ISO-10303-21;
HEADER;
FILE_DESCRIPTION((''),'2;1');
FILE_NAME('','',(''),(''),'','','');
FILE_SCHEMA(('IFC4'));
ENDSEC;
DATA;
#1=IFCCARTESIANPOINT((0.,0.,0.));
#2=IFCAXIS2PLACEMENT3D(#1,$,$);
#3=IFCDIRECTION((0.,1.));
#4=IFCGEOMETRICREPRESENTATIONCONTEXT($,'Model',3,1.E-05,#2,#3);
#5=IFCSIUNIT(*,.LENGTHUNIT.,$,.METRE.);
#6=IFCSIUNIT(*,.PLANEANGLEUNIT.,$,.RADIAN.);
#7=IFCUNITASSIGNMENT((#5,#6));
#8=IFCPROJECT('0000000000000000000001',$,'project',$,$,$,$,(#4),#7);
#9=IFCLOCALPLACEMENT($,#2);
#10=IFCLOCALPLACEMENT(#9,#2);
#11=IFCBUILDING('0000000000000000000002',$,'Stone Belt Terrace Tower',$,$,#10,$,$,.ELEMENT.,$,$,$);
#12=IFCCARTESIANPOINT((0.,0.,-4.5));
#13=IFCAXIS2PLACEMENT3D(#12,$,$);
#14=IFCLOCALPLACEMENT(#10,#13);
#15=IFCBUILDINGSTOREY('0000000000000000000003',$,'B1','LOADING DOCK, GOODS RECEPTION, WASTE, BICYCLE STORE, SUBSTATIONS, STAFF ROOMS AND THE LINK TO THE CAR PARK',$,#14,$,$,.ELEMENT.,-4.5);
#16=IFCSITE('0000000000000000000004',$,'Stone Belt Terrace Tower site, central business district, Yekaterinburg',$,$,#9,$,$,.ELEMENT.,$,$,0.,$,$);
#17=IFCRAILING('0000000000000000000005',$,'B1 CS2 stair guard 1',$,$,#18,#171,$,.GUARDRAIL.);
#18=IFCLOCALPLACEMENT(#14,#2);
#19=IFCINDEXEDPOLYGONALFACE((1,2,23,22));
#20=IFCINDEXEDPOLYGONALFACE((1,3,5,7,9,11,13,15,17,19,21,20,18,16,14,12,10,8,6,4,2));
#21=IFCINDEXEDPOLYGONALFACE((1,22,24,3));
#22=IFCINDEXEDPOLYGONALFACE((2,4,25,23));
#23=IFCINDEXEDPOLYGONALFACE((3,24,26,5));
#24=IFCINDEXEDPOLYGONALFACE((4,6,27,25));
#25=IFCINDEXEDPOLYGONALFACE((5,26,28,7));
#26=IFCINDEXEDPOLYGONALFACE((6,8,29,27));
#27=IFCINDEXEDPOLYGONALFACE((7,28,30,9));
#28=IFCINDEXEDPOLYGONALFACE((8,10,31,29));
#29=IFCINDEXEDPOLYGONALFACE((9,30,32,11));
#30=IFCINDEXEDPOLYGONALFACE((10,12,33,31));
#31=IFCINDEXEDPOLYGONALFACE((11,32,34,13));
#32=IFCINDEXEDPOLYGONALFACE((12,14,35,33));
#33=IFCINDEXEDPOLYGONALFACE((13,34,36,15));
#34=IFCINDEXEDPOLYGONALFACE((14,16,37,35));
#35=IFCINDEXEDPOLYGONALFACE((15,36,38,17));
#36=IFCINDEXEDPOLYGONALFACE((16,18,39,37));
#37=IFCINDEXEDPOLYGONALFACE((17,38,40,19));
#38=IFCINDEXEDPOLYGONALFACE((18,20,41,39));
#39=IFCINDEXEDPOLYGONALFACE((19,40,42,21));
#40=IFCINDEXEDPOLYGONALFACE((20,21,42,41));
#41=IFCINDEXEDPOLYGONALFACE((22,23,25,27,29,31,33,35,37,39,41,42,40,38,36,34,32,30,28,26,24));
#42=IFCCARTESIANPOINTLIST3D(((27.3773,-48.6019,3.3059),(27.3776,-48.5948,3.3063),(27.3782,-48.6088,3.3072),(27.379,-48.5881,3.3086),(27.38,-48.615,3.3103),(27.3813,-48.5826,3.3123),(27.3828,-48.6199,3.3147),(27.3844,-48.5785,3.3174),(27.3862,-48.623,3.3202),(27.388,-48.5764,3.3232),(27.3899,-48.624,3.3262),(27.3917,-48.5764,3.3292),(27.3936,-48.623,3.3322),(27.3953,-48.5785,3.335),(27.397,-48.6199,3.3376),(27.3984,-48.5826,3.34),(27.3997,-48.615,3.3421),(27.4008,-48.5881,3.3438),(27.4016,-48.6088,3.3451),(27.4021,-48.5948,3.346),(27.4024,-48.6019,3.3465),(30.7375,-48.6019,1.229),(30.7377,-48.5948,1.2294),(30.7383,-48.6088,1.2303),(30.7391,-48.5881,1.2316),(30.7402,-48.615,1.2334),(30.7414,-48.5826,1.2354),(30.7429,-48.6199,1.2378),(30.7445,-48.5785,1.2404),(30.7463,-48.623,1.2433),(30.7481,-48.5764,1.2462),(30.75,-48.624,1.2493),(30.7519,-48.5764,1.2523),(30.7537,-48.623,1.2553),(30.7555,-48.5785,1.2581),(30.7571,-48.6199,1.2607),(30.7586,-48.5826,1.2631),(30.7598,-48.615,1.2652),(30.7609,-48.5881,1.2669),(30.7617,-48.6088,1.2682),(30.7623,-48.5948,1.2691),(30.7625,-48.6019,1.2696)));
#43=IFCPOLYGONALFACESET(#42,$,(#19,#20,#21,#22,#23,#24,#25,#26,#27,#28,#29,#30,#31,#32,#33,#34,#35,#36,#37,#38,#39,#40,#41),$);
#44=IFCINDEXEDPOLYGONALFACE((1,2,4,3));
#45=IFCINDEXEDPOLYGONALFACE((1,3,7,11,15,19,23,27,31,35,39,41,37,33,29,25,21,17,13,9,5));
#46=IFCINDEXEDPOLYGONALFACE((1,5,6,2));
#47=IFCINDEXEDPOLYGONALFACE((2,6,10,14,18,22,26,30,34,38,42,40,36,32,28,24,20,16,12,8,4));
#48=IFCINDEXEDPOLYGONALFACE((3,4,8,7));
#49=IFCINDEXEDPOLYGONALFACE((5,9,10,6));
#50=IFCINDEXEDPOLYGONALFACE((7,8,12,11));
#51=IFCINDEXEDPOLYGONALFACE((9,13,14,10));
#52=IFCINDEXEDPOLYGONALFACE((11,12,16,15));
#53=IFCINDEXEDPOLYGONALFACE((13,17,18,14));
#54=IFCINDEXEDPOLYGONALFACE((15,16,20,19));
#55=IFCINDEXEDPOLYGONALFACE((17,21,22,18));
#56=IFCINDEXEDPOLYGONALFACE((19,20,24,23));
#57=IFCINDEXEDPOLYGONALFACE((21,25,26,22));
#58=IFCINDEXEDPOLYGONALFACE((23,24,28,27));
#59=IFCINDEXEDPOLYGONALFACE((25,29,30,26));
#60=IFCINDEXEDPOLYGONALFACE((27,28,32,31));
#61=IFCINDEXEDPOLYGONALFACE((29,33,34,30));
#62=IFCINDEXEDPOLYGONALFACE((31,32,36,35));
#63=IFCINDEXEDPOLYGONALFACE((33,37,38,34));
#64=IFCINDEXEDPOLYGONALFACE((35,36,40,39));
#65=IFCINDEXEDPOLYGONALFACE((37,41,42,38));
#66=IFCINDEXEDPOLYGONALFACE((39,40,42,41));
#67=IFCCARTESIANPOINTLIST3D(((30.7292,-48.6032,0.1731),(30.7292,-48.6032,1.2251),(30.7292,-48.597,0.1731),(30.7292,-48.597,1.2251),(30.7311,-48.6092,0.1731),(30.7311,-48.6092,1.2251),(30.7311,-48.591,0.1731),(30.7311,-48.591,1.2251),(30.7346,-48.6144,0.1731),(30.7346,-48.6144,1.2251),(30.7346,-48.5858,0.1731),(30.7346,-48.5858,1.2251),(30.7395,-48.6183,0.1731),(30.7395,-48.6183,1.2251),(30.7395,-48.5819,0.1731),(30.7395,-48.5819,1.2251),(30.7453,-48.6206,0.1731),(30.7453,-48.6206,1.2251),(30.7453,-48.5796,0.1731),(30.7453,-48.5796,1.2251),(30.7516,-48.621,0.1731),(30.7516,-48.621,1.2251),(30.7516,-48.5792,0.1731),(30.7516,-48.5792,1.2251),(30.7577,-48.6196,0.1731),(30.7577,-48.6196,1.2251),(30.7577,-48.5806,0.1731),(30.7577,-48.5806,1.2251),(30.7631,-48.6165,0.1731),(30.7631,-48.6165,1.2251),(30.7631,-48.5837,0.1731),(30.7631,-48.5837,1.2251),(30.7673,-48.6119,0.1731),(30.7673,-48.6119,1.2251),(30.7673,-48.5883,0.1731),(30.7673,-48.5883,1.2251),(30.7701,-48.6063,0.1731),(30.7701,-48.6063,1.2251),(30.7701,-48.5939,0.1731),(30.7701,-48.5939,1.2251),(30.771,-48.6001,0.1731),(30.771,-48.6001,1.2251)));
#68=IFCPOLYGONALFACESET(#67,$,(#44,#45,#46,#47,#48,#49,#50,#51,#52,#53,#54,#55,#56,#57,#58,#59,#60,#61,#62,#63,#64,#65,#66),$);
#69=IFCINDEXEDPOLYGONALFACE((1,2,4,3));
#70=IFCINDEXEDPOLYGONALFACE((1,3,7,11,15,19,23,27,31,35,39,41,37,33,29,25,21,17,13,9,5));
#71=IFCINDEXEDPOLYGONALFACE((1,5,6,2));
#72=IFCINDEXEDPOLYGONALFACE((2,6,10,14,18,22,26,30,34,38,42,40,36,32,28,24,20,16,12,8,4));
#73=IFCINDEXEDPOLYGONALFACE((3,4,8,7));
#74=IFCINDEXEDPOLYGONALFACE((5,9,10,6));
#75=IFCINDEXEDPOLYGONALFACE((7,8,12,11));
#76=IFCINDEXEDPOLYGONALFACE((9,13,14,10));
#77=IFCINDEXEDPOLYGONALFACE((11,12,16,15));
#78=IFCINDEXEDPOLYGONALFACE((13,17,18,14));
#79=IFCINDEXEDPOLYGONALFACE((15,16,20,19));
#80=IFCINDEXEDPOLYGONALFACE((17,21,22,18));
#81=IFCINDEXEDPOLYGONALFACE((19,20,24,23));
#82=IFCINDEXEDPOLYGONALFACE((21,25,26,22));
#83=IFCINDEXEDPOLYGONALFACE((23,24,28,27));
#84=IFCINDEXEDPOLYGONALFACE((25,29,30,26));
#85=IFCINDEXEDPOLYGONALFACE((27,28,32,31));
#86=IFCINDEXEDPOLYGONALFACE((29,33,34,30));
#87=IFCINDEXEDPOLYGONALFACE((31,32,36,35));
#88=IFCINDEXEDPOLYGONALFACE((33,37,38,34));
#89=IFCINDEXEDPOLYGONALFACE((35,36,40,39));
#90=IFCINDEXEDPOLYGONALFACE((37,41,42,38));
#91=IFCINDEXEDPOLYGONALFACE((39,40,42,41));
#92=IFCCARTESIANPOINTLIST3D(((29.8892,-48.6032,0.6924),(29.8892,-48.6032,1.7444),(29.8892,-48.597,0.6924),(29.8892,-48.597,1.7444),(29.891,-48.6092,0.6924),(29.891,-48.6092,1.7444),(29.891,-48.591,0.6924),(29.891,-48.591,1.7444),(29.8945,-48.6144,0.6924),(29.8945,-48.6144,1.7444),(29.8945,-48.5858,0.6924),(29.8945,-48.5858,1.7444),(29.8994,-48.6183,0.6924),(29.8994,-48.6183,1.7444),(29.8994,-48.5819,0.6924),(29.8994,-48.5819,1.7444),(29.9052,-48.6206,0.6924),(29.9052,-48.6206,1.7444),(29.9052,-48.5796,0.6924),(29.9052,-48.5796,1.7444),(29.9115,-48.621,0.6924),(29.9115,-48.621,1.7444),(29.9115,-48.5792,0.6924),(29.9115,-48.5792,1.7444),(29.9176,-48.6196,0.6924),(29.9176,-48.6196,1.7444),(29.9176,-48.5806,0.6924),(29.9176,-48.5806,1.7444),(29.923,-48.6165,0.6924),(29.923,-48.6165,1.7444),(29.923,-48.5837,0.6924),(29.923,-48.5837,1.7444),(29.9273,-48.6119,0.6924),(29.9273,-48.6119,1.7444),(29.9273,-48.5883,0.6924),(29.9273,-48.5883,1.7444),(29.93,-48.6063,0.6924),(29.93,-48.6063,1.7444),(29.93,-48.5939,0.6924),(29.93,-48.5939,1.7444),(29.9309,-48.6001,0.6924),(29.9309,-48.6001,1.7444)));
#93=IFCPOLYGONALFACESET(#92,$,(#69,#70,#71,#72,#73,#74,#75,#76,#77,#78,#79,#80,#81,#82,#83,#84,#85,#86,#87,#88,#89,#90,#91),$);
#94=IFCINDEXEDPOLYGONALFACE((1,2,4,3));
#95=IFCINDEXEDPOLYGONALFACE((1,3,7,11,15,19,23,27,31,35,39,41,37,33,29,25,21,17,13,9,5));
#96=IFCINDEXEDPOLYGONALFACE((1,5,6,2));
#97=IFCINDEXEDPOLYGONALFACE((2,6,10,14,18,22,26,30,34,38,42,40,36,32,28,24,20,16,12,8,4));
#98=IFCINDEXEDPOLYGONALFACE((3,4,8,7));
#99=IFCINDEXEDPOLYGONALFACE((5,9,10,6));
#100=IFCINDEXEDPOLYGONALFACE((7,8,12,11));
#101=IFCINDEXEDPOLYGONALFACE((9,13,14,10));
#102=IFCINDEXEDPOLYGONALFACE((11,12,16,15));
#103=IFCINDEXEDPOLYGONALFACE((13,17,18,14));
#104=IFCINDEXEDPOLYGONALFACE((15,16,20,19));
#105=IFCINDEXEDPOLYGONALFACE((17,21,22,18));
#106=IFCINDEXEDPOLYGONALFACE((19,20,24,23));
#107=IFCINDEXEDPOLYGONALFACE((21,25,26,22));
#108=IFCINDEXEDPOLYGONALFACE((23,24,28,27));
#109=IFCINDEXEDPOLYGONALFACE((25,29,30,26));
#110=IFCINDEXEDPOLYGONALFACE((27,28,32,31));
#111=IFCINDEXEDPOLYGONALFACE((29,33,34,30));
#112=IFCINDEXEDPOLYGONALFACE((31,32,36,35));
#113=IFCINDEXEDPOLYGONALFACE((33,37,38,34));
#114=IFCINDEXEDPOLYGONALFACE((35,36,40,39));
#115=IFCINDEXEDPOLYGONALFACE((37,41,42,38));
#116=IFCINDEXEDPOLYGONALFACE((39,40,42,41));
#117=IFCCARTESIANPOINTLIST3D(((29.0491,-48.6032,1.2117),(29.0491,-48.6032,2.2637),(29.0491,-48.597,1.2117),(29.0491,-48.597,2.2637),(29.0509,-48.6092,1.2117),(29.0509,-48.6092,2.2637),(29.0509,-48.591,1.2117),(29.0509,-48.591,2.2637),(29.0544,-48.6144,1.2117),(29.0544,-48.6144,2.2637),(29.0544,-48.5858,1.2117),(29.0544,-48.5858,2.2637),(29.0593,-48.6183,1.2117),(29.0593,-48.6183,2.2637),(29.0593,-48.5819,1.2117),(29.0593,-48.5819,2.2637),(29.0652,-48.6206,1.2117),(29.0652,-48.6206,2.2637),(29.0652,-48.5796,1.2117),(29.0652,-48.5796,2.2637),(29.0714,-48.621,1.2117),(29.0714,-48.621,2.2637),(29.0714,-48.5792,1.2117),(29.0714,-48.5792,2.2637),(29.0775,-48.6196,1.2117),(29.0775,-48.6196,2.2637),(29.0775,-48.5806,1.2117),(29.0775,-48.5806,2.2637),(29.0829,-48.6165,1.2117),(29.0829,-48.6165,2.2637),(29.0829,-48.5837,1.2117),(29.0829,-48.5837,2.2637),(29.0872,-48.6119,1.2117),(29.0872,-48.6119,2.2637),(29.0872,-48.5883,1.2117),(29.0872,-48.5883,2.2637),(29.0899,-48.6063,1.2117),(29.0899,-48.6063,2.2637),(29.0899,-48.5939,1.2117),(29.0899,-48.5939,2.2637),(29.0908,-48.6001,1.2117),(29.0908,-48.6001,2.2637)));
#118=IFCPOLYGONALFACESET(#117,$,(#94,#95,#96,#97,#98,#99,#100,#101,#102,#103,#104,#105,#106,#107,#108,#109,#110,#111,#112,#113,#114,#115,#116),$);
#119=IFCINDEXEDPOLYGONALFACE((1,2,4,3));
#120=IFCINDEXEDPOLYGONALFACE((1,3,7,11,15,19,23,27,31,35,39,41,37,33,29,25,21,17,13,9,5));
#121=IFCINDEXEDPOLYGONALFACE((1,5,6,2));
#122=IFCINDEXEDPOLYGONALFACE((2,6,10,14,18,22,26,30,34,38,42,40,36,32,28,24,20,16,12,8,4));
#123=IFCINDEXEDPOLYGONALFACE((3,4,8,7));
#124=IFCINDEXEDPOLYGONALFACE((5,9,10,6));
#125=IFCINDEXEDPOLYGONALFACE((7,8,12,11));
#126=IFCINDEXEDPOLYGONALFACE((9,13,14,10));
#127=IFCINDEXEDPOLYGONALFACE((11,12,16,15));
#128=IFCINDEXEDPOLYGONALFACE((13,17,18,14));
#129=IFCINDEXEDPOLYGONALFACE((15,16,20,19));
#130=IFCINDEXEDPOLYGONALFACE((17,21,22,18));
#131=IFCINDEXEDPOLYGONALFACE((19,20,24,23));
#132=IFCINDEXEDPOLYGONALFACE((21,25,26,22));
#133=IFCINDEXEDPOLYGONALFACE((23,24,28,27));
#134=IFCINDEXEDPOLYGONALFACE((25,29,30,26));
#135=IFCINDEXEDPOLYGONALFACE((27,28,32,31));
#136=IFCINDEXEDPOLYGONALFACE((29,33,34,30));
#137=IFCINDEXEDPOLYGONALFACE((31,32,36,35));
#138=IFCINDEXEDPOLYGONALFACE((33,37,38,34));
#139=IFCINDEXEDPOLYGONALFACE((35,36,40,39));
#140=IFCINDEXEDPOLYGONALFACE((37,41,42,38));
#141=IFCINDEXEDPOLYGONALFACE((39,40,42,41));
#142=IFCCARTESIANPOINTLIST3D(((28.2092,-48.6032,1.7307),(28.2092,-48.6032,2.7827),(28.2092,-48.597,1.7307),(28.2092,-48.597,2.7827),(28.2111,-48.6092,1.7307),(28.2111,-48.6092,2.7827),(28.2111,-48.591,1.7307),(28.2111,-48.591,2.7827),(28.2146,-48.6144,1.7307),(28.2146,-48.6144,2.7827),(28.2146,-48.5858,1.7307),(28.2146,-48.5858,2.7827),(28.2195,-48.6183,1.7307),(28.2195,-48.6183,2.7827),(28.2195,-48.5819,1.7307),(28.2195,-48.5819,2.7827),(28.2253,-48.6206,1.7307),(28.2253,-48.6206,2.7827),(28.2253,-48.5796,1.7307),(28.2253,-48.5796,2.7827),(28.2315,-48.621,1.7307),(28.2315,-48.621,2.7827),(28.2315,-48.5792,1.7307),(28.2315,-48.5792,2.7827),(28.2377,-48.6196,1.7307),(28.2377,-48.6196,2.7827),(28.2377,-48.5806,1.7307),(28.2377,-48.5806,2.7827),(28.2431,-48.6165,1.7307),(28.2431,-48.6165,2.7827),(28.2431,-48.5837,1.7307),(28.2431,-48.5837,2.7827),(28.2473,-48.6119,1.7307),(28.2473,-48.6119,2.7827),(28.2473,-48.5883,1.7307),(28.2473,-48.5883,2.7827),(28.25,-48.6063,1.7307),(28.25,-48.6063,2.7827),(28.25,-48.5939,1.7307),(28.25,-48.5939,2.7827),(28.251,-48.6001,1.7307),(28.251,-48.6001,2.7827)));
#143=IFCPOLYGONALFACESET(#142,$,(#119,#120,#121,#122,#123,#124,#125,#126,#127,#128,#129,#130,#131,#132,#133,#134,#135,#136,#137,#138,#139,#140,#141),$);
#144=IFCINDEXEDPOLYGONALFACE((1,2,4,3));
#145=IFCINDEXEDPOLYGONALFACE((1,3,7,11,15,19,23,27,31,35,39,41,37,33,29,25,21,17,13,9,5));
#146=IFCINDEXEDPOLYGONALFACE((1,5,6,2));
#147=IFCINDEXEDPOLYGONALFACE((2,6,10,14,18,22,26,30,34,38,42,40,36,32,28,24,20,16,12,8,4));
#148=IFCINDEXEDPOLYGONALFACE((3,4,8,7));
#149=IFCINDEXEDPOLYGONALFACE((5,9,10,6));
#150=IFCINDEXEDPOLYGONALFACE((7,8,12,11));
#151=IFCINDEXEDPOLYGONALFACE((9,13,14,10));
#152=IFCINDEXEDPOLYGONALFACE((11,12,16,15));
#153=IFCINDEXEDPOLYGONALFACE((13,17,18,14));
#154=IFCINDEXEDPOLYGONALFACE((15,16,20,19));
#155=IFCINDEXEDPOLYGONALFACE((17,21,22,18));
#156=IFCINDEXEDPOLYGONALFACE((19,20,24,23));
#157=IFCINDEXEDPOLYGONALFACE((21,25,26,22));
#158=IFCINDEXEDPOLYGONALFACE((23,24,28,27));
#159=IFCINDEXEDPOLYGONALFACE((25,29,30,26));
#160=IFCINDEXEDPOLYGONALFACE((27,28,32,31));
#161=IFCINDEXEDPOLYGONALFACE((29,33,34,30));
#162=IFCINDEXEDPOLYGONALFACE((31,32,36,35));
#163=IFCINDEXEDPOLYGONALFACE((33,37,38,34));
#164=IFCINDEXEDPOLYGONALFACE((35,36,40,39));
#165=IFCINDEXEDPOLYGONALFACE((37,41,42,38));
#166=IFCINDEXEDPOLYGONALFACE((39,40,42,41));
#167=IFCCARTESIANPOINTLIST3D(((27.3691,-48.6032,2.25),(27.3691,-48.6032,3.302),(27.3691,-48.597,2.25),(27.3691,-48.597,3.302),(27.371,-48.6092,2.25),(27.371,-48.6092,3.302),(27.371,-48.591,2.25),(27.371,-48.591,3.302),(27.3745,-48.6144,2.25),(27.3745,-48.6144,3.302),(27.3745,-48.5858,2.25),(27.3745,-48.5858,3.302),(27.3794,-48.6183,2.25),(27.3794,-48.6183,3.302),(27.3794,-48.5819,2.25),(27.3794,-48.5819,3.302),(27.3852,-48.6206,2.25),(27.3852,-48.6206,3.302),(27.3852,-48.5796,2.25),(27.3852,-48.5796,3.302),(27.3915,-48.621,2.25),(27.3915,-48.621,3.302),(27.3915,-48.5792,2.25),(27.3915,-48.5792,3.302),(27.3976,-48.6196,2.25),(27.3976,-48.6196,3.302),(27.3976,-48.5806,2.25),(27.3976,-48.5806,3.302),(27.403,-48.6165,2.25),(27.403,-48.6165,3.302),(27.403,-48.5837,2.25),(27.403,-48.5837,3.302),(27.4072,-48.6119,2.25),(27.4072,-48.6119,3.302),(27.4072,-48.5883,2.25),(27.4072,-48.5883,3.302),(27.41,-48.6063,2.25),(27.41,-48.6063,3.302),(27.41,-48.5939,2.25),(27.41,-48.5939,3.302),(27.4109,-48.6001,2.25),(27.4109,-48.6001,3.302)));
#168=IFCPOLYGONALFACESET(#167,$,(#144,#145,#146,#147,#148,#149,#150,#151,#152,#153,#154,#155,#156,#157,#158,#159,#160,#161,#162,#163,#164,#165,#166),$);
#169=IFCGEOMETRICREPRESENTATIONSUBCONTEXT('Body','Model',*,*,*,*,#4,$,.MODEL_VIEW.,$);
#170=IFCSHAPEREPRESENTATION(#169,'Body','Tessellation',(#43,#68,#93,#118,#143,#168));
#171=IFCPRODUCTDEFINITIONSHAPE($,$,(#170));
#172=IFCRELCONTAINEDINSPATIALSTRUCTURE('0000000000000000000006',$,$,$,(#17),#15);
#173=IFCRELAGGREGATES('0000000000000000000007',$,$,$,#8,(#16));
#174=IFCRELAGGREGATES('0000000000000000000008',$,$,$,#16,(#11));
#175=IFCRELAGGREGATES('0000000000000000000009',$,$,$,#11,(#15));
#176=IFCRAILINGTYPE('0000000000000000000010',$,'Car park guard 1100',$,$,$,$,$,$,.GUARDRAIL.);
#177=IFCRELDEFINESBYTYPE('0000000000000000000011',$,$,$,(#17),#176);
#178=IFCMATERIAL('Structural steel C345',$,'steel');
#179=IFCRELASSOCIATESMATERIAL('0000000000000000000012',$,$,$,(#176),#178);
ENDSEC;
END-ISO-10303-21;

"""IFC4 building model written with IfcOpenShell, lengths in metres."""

from ifc_helpers import new_model, si_unit, direction, frame, origin, origin_2d, place, context, subcontext, project, spatial, circle, extrude, material, type_object, element, save


model = new_model("IFC4")

# Units and contexts
model_context = context("Model", 3, precision=1e-05, world=origin(), true_north=direction((0.0, 1.0)))
body_context = subcontext(model_context, "Body", "Model", "MODEL_VIEW")
ifc_project = project(units=[si_unit("LENGTHUNIT", "METRE"), si_unit("PLANEANGLEUNIT", "RADIAN")], contexts=[model_context])

# Site, building, storey
site_placement = place(None, origin())
site = spatial("IfcSite", under=ifc_project, at=site_placement, Name="Stone Belt Terrace Tower site, central business district, Yekaterinburg", CompositionType="ELEMENT", RefElevation=0.0)
building_placement = place(site_placement, origin())
building = spatial("IfcBuilding", under=site, at=building_placement, Name="Stone Belt Terrace Tower", CompositionType="ELEMENT")
storey_placement = place(building_placement, frame((0.0, 0.0, -4.5)))
storey = spatial("IfcBuildingStorey", under=building, at=storey_placement, Name="B1", Description="LOADING DOCK, GOODS RECEPTION, WASTE, BICYCLE STORE, SUBSTATIONS, STAFF ROOMS AND THE LINK TO THE CAR PARK", CompositionType="ELEMENT", Elevation=-4.5)

# Railing
ifc_material_1 = material(Name="Structural steel C345", Category="steel")
railing_type_1 = type_object("IfcRailingType", Name="Car park guard 1100", PredefinedType="GUARDRAIL", material=ifc_material_1)
railing_1_placement = place(storey_placement, frame((30.75, -48.6001, 0.1731)))
element("IfcRailing", 1, at=railing_1_placement, inside=storey, type_object=railing_type_1, Name="B1 CS2 stair guard 1", PredefinedType="GUARDRAIL", context=body_context, shape_type="SweptSolid", body=[
    extrude(circle(Radius=0.0239, at=origin_2d()), frame((0.0, 0.0, 1.0762), z_axis=(-0.850623, 0.0, 0.525776), x_axis=(0.0, -1.0, 0.0)), (0.0, 0.0, 1.0), 3.9502),
    extrude(circle(Radius=0.021, at=origin_2d()), origin(), (0.0, 0.0, 1.0), 1.052),
    extrude(circle(Radius=0.021, at=origin_2d()), frame((-0.8401, 0.0, 0.5193)), (0.0, 0.0, 1.0), 1.052),
    extrude(circle(Radius=0.021, at=origin_2d()), frame((-1.6802, 0.0, 1.0386)), (0.0, 0.0, 1.0), 1.052),
    extrude(circle(Radius=0.021, at=origin_2d()), frame((-2.52, 0.0, 1.5576)), (0.0, 0.0, 1.0), 1.052),
    extrude(circle(Radius=0.021, at=origin_2d()), frame((-3.3601, 0.0, 2.0769)), (0.0, 0.0, 1.0), 1.052),
])

save(model, "model.ifc")
